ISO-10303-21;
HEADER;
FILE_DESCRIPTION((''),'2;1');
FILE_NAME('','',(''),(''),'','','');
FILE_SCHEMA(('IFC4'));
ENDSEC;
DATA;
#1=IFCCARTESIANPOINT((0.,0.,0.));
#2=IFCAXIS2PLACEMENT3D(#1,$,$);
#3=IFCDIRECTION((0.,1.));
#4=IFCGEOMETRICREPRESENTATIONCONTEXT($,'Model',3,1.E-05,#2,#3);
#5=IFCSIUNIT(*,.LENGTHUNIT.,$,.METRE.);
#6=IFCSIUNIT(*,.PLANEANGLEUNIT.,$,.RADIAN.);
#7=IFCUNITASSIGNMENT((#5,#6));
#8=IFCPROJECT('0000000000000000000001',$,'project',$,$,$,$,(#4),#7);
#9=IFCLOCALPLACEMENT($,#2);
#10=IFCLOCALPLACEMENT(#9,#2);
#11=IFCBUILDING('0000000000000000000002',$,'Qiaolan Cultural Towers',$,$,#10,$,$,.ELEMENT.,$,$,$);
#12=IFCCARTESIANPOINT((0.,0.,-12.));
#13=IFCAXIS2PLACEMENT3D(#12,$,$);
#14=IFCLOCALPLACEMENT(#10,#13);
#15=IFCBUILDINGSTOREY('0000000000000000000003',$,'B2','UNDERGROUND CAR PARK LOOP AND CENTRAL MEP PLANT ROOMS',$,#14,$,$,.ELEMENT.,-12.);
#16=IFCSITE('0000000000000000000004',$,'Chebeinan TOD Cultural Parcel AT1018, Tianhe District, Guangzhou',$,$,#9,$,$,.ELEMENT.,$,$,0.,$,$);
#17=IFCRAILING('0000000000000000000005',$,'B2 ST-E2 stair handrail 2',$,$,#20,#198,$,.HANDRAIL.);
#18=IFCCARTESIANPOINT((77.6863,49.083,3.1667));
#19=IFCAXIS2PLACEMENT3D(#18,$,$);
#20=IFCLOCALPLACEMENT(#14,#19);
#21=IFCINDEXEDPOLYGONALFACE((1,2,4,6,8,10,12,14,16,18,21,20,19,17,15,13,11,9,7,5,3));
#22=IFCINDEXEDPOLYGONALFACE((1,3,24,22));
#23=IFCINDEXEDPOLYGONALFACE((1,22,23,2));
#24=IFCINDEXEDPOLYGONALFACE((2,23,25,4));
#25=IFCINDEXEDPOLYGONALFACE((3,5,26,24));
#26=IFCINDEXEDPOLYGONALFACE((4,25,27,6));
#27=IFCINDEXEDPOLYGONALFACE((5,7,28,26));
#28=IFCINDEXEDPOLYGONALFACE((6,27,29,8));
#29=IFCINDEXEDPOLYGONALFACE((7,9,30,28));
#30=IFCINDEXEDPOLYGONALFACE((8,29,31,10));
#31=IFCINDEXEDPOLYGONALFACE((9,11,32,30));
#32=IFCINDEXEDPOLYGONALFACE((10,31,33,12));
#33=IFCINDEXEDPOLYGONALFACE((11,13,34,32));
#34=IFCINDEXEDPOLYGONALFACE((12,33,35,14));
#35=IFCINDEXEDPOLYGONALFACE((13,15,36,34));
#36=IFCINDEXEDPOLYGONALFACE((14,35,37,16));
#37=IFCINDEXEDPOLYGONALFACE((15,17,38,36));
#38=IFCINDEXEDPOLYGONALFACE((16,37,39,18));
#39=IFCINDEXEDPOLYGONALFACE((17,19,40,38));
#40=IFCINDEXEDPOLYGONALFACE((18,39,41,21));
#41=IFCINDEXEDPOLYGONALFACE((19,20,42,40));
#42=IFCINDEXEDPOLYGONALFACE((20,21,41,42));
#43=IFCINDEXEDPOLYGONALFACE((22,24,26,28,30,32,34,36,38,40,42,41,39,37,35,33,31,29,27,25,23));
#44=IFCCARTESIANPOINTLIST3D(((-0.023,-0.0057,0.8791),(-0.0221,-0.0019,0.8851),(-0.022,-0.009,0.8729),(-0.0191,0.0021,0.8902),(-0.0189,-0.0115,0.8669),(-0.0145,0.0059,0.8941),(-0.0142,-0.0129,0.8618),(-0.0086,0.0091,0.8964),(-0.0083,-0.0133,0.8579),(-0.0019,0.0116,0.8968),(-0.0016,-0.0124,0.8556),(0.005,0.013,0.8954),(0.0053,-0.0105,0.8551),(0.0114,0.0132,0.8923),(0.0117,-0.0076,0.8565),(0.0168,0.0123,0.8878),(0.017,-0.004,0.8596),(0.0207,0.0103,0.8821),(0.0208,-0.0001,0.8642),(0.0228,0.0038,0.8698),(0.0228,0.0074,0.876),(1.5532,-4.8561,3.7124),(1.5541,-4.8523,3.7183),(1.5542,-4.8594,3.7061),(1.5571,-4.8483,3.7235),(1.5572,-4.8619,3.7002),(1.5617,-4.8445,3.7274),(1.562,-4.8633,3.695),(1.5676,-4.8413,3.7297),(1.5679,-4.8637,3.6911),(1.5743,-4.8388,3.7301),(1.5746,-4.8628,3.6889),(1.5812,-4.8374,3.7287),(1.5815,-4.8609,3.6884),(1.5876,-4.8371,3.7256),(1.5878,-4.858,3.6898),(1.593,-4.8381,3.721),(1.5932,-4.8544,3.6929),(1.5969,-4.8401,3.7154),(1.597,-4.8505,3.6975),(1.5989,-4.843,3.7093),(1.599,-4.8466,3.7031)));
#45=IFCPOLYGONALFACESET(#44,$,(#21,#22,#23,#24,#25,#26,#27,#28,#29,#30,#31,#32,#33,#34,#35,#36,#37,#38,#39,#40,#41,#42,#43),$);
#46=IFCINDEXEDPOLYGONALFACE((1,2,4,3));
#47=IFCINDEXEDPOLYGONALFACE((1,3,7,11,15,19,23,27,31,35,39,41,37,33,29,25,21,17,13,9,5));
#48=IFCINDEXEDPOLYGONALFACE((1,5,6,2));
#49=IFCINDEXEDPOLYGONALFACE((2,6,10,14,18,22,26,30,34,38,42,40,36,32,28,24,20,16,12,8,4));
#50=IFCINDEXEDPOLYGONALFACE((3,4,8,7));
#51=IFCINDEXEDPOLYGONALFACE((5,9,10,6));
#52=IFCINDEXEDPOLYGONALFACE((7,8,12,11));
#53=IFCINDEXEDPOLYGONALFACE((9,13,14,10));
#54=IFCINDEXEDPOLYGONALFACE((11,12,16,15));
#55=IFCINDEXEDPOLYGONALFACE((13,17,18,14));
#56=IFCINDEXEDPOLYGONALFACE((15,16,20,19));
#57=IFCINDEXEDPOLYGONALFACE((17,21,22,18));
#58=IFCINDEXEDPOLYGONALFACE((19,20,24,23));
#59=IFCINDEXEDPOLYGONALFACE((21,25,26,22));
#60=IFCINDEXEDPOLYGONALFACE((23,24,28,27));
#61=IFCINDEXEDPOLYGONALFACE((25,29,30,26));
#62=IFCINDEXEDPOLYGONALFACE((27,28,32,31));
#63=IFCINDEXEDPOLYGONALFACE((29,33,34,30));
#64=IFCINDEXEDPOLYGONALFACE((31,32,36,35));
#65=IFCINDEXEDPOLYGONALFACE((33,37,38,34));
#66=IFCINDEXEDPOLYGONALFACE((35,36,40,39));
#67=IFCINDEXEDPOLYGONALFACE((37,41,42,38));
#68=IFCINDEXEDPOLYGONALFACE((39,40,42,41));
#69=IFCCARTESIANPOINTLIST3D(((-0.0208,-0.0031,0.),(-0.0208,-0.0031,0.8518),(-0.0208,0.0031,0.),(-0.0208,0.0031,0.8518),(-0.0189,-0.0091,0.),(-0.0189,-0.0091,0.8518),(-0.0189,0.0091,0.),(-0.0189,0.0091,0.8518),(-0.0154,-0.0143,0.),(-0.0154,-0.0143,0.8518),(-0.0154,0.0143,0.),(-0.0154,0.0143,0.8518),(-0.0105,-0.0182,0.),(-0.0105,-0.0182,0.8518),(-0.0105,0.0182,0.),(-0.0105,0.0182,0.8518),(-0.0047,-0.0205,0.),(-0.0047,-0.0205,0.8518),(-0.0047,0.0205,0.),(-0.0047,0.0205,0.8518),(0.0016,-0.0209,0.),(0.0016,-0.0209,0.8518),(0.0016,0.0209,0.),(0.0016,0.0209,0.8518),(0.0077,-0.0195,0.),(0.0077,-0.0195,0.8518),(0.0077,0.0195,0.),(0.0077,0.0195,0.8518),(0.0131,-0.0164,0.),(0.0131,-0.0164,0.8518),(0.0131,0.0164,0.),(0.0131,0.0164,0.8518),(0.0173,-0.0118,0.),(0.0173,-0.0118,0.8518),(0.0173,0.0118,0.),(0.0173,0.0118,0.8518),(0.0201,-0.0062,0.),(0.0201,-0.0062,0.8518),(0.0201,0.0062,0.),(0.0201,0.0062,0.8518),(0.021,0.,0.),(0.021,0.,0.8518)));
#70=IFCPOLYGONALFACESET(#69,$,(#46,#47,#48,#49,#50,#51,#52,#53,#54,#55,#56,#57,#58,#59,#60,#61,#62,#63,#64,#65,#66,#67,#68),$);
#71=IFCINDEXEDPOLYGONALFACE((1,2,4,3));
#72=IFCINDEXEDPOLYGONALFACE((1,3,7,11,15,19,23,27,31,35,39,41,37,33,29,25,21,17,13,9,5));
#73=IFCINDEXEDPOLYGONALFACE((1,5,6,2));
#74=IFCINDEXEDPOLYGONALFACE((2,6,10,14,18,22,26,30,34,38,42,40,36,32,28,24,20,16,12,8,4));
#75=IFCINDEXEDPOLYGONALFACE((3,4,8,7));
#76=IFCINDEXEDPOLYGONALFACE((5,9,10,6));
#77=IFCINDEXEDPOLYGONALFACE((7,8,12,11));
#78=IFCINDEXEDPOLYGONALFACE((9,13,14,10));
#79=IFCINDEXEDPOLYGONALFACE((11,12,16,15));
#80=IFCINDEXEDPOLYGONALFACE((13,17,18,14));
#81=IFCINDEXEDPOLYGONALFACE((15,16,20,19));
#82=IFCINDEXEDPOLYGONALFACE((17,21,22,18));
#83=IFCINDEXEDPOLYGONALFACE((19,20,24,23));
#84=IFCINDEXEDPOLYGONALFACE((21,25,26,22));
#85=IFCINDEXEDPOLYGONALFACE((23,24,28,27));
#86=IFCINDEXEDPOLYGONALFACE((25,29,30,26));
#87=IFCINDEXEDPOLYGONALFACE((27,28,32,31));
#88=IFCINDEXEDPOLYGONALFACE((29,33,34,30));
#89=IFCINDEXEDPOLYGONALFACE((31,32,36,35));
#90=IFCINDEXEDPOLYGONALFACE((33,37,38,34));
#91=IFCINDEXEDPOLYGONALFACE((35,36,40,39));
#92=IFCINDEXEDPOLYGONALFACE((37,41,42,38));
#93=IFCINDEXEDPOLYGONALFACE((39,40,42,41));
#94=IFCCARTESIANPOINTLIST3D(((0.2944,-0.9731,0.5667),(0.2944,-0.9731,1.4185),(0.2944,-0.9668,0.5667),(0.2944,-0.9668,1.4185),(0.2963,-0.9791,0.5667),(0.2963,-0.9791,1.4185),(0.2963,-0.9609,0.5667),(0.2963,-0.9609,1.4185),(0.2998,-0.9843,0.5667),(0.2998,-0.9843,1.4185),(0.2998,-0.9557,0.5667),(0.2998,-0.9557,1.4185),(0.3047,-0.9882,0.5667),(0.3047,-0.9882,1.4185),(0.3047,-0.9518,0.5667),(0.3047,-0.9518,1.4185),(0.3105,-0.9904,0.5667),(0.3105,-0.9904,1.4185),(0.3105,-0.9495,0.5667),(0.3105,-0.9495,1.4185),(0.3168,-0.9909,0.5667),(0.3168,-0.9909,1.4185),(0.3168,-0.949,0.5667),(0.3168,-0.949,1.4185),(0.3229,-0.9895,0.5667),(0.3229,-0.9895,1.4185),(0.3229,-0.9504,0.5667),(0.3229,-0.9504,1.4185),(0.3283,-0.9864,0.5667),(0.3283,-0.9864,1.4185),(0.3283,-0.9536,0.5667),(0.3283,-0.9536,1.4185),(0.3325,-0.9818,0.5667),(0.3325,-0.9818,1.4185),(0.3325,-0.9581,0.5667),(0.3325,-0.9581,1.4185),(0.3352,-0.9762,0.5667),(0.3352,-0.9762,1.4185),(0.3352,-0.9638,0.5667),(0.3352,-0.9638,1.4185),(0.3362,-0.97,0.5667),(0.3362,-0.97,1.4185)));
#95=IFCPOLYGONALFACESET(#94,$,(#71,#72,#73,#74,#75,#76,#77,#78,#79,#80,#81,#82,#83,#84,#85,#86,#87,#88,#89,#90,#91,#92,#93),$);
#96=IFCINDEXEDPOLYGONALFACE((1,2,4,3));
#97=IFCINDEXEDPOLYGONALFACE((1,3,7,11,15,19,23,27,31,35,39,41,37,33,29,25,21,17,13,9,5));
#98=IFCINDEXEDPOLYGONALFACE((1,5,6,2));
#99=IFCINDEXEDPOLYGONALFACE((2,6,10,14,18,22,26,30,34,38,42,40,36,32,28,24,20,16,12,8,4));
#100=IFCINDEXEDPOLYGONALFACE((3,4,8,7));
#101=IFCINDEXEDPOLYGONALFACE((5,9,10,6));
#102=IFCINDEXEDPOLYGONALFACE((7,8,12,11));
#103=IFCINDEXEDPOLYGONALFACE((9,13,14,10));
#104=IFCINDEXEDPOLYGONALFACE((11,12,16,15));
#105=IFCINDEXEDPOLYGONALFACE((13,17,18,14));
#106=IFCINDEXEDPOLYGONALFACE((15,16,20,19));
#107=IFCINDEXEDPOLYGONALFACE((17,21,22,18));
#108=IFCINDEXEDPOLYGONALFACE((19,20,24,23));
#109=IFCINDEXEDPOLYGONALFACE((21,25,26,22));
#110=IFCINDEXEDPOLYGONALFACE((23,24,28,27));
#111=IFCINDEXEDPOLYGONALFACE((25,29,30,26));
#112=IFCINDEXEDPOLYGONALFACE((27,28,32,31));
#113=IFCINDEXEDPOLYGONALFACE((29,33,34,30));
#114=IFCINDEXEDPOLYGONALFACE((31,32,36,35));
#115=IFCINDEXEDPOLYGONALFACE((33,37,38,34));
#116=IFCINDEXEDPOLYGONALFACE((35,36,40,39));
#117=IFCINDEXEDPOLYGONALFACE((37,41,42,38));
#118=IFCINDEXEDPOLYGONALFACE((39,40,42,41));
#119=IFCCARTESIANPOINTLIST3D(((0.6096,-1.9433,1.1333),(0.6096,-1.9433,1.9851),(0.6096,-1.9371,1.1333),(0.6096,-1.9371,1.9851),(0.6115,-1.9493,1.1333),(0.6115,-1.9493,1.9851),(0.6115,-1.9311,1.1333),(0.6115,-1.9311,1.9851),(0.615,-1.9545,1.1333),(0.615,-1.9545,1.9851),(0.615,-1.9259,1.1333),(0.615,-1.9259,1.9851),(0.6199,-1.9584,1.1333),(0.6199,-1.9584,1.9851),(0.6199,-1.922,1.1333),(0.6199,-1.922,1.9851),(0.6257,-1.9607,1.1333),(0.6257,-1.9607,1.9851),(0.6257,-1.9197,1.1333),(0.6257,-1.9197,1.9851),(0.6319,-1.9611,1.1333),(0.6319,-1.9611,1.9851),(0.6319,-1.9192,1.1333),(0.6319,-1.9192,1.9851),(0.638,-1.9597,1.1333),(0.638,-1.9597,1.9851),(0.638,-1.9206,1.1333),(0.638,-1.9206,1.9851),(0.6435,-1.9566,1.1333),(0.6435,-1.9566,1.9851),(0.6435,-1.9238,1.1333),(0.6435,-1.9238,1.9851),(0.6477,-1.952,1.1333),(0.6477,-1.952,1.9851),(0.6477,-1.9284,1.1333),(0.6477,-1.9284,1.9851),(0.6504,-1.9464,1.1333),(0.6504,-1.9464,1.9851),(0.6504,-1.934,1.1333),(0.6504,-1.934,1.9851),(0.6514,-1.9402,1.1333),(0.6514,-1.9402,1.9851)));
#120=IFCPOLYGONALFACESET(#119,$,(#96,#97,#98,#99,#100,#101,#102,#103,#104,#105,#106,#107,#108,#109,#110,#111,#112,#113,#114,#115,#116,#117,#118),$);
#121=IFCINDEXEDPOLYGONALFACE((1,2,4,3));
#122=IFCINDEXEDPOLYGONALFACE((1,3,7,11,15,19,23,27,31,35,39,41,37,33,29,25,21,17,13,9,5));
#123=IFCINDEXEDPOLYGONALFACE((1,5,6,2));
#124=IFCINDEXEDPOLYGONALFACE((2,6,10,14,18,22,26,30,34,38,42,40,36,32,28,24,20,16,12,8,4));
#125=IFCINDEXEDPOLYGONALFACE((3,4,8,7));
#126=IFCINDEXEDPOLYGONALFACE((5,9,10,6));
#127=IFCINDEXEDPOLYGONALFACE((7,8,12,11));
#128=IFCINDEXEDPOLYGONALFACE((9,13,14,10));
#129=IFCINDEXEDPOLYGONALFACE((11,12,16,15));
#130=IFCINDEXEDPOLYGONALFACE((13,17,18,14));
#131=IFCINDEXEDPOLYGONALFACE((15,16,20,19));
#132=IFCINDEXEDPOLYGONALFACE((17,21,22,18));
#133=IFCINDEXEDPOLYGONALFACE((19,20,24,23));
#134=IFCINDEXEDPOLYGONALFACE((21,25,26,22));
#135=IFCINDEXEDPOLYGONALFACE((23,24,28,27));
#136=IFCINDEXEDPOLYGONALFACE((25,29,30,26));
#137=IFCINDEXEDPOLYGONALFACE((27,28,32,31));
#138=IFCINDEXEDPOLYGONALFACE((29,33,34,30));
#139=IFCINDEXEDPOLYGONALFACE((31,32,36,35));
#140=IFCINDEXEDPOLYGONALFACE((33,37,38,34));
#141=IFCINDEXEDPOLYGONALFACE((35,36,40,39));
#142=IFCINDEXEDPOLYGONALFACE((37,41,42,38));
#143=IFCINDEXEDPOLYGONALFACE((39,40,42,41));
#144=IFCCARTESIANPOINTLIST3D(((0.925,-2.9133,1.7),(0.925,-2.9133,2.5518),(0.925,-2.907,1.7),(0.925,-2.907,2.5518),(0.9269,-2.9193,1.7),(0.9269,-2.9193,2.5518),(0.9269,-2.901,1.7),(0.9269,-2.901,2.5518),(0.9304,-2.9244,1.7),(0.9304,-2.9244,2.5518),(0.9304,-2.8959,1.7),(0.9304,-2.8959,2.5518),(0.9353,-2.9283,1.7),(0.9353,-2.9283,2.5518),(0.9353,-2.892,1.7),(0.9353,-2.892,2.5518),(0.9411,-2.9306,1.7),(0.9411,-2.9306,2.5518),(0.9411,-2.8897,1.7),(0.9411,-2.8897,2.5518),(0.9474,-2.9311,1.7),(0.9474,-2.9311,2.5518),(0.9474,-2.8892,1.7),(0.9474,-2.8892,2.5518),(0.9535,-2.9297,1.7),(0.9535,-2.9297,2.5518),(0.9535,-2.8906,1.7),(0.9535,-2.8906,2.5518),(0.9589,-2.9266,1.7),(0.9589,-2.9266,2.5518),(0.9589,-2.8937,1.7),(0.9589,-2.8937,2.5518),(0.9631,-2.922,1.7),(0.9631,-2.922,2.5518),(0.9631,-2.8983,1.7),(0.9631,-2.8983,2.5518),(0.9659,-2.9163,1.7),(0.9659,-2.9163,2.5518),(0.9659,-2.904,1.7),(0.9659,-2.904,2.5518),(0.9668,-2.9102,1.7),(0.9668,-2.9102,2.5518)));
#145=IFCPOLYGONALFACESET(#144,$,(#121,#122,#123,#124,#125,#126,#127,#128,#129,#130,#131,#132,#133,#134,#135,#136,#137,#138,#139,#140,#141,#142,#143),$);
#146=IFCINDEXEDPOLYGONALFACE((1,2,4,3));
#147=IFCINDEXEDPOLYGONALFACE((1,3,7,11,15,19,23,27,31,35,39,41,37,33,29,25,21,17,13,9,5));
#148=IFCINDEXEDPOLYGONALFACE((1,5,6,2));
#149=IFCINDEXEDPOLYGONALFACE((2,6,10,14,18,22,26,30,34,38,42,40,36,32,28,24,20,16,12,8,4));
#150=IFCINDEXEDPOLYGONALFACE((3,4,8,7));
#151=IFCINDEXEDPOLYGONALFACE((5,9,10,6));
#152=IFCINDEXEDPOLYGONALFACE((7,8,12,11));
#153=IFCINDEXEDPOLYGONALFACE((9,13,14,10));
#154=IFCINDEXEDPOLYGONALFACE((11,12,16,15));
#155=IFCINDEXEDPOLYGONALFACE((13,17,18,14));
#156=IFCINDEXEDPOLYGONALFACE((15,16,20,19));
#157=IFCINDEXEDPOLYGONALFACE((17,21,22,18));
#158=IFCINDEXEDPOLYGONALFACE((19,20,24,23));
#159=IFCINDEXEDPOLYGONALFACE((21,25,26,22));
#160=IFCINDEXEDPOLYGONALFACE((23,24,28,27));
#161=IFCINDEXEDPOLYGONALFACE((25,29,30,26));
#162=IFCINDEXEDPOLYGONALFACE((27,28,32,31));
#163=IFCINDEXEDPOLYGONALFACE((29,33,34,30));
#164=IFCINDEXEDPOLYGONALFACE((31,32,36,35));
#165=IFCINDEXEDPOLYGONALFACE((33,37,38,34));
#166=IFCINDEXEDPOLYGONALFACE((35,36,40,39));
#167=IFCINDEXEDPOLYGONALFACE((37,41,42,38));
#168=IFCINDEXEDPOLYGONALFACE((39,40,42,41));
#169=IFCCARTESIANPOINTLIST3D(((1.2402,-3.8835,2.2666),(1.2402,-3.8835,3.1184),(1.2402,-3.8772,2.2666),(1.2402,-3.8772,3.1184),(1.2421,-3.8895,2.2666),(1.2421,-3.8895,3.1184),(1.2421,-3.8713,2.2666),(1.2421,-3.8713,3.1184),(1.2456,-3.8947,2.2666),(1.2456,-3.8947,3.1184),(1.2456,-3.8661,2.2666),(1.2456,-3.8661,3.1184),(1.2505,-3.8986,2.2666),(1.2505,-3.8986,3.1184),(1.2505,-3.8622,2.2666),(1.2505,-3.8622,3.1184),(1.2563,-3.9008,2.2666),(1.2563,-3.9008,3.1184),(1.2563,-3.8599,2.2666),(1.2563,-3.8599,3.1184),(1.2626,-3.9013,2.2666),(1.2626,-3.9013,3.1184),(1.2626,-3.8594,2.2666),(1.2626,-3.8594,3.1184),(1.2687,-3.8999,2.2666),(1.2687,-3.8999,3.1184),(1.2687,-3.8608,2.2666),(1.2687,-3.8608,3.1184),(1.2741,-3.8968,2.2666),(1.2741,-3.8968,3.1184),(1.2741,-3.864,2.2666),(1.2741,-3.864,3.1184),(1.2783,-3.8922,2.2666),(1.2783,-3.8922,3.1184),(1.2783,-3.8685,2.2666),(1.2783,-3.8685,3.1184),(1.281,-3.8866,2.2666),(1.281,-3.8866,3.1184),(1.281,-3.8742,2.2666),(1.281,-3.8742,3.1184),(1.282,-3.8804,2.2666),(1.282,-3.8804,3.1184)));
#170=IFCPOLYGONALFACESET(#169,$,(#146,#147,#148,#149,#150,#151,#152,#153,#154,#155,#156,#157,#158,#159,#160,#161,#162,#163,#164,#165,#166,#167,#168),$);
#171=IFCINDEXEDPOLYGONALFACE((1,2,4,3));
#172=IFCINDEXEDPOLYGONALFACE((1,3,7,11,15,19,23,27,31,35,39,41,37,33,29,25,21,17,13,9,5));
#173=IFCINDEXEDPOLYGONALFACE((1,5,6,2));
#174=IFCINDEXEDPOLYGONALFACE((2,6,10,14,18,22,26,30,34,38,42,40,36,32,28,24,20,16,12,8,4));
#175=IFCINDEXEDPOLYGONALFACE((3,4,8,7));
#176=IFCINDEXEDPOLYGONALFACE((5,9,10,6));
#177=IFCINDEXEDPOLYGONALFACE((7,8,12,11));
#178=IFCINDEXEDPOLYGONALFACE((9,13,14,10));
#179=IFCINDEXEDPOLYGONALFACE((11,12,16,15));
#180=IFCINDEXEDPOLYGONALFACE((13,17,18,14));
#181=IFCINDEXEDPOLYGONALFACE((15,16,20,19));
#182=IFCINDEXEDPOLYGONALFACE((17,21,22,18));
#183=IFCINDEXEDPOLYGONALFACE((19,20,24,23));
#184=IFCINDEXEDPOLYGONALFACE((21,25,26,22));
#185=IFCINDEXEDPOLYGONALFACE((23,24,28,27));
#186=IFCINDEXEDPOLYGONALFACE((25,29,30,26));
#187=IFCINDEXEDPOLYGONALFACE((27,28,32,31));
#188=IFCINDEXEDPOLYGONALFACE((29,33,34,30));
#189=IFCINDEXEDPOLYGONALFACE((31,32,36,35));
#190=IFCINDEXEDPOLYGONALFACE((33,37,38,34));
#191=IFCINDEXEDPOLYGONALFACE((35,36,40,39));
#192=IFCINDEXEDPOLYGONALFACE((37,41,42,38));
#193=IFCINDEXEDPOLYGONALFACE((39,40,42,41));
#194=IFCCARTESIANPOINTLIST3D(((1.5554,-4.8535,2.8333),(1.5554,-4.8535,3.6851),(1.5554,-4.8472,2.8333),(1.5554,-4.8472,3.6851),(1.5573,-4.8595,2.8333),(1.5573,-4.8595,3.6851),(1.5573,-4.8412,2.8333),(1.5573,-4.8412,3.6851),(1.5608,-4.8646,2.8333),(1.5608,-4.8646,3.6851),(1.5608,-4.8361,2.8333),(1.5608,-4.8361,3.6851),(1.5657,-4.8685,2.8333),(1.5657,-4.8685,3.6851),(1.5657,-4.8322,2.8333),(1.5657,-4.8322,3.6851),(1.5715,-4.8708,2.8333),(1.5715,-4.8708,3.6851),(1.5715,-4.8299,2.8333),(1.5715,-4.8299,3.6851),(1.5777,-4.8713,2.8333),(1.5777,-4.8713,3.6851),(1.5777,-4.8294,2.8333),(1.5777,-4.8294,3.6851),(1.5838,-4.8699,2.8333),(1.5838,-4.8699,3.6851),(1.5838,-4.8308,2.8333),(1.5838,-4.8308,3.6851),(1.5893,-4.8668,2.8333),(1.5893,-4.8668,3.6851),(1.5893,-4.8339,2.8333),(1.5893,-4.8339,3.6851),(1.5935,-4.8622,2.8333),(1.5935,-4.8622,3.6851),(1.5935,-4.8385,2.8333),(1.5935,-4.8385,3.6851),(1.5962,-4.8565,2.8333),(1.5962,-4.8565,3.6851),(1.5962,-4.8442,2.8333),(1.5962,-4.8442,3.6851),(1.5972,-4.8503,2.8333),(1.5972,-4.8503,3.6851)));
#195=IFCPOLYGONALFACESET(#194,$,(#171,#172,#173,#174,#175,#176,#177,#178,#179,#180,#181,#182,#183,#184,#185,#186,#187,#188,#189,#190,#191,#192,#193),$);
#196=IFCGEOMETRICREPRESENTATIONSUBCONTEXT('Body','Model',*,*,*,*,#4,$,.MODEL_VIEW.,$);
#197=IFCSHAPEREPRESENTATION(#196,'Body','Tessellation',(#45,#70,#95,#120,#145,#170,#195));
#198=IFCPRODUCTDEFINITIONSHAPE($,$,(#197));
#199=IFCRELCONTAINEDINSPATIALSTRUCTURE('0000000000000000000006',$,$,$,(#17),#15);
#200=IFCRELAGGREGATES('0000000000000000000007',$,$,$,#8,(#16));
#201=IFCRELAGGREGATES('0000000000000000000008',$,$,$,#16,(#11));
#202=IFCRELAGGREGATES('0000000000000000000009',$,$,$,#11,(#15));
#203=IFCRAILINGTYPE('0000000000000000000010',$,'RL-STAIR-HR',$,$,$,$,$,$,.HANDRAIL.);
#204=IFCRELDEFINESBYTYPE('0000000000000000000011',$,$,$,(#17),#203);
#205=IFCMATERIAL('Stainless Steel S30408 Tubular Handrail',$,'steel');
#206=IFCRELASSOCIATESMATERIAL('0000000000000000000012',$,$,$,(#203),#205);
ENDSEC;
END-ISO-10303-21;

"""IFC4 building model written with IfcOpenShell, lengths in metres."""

from ifc_helpers import new_model, si_unit, direction, frame, origin, origin_2d, place, context, subcontext, project, spatial, circle, extrude, material, type_object, element, save


model = new_model("IFC4")

# Units and contexts
model_context = context("Model", 3, precision=1e-05, world=origin(), true_north=direction((0.0, 1.0)))
body_context = subcontext(model_context, "Body", "Model", "MODEL_VIEW")
ifc_project = project(units=[si_unit("LENGTHUNIT", "METRE"), si_unit("PLANEANGLEUNIT", "RADIAN")], contexts=[model_context])

# Site, building, storey
site_placement = place(None, origin())
site = spatial("IfcSite", under=ifc_project, at=site_placement, Name="Chebeinan TOD Cultural Parcel AT1018, Tianhe District, Guangzhou", CompositionType="ELEMENT", RefElevation=0.0)
building_placement = place(site_placement, origin())
building = spatial("IfcBuilding", under=site, at=building_placement, Name="Qiaolan Cultural Towers", CompositionType="ELEMENT")
storey_placement = place(building_placement, frame((0.0, 0.0, -12.0)))
storey = spatial("IfcBuildingStorey", under=building, at=storey_placement, Name="B2", Description="UNDERGROUND CAR PARK LOOP AND CENTRAL MEP PLANT ROOMS", CompositionType="ELEMENT", Elevation=-12.0)

# Railing
ifc_material_1 = material(Name="Stainless Steel S30408 Tubular Handrail", Category="steel")
railing_type_1 = type_object("IfcRailingType", Name="RL-STAIR-HR", PredefinedType="HANDRAIL", material=ifc_material_1)
railing_1_placement = place(storey_placement, frame((77.6863, 49.083, 3.1667)))
element("IfcRailing", 1, at=railing_1_placement, inside=storey, type_object=railing_type_1, Name="B2 ST-E2 stair handrail 2", PredefinedType="HANDRAIL", context=body_context, shape_type="SweptSolid", body=[
    extrude(circle(Radius=0.0239, at=origin_2d()), frame((0.0, 0.0, 0.876), z_axis=(0.270162, -0.831369, 0.485631), x_axis=(0.951045, 0.309053, 0.0)), (0.0, 0.0, 1.0), 5.8342),
    extrude(circle(Radius=0.021, at=origin_2d()), origin(), (0.0, 0.0, 1.0), 0.8518),
    extrude(circle(Radius=0.021, at=origin_2d()), frame((0.3152, -0.97, 0.5667)), (0.0, 0.0, 1.0), 0.8518),
    extrude(circle(Radius=0.021, at=origin_2d()), frame((0.6304, -1.9402, 1.1333)), (0.0, 0.0, 1.0), 0.8518),
    extrude(circle(Radius=0.021, at=origin_2d()), frame((0.9458, -2.9102, 1.7)), (0.0, 0.0, 1.0), 0.8518),
    extrude(circle(Radius=0.021, at=origin_2d()), frame((1.261, -3.8804, 2.2666)), (0.0, 0.0, 1.0), 0.8518),
    extrude(circle(Radius=0.021, at=origin_2d()), frame((1.5762, -4.8503, 2.8333)), (0.0, 0.0, 1.0), 0.8518),
])

save(model, "model.ifc")
